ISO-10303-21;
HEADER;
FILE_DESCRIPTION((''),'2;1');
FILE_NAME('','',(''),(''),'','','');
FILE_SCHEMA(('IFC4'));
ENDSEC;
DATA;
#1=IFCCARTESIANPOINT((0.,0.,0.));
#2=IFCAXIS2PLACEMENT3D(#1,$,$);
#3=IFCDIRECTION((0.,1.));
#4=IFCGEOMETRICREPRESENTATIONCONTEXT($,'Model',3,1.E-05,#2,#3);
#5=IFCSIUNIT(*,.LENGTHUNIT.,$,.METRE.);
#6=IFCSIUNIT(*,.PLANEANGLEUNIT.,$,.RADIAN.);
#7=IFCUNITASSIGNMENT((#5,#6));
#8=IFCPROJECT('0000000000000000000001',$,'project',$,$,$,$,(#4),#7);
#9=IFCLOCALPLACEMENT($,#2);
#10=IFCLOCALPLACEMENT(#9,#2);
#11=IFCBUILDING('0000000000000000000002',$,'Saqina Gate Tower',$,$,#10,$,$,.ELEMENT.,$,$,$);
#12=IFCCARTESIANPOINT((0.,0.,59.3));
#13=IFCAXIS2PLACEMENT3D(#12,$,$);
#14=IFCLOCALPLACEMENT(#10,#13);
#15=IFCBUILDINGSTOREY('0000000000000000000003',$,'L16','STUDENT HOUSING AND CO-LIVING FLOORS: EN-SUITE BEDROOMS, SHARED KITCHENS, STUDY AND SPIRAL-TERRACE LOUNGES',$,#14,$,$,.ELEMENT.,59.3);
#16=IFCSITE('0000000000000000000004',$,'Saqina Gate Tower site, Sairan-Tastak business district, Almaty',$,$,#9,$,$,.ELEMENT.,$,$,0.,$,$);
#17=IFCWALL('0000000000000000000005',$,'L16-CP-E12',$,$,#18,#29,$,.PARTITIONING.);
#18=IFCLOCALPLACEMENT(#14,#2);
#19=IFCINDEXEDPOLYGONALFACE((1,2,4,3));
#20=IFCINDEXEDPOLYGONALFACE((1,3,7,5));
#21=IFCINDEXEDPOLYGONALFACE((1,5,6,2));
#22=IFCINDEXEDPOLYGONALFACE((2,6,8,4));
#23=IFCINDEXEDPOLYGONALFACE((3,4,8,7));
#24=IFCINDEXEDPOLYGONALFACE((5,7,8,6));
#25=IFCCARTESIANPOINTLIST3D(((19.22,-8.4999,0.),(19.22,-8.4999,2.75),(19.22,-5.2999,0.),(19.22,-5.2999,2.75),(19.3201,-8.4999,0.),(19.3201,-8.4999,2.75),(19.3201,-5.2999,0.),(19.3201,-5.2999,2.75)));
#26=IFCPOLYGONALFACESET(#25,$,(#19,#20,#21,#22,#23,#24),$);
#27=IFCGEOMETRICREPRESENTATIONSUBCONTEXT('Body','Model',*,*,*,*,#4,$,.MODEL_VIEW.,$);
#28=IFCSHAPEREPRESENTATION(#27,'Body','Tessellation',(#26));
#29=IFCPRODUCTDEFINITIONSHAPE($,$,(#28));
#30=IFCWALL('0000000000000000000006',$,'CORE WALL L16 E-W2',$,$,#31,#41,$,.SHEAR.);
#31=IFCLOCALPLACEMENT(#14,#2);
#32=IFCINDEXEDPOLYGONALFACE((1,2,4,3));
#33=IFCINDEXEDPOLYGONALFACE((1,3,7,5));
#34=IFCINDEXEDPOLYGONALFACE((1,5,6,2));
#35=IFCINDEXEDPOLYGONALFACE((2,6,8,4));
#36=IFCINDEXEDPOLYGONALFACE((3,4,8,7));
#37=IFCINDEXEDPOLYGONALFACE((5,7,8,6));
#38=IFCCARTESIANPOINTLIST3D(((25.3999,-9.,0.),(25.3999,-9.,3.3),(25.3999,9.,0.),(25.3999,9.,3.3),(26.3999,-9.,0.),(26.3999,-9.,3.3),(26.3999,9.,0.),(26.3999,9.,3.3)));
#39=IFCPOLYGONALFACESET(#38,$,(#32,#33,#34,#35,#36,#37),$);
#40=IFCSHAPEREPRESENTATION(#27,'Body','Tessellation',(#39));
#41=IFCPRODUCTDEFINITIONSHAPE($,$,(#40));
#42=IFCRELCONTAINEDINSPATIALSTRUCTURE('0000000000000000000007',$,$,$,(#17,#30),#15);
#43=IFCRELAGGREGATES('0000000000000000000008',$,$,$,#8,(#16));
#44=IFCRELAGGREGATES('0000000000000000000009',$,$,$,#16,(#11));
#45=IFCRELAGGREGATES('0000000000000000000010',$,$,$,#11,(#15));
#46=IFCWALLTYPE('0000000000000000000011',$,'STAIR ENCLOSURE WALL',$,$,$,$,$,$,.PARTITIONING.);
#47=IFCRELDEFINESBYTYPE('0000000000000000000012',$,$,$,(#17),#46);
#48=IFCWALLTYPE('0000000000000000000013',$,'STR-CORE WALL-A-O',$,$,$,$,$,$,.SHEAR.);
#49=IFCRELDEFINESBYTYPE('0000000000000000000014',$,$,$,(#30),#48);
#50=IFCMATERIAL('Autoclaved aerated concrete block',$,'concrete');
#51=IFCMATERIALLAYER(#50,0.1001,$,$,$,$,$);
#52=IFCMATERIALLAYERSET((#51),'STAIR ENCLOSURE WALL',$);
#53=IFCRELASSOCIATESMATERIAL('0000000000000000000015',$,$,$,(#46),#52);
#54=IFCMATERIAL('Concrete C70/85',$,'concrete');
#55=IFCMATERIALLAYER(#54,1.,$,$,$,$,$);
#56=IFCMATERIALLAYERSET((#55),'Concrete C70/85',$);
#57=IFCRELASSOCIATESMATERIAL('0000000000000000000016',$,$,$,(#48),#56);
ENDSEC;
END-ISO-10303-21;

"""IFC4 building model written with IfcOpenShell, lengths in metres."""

from ifc_helpers import new_model, si_unit, direction, frame, frame_2d, origin, place, context, subcontext, project, spatial, rectangle, extrude, material, layer, layer_set, type_object, element, save


model = new_model("IFC4")

# Units and contexts
model_context = context("Model", 3, precision=1e-05, world=origin(), true_north=direction((0.0, 1.0)))
body_context = subcontext(model_context, "Body", "Model", "MODEL_VIEW")
ifc_project = project(units=[si_unit("LENGTHUNIT", "METRE"), si_unit("PLANEANGLEUNIT", "RADIAN")], contexts=[model_context])

# Site, building, storey
site_placement = place(None, origin())
site = spatial("IfcSite", under=ifc_project, at=site_placement, Name="Saqina Gate Tower site, Sairan-Tastak business district, Almaty", CompositionType="ELEMENT", RefElevation=0.0)
building_placement = place(site_placement, origin())
building = spatial("IfcBuilding", under=site, at=building_placement, Name="Saqina Gate Tower", CompositionType="ELEMENT")
storey_placement = place(building_placement, frame((0.0, 0.0, 59.3)))
storey = spatial("IfcBuildingStorey", under=building, at=storey_placement, Name="L16", Description="STUDENT HOUSING AND CO-LIVING FLOORS: EN-SUITE BEDROOMS, SHARED KITCHENS, STUDY AND SPIRAL-TERRACE LOUNGES", CompositionType="ELEMENT", Elevation=59.3)

# Walls
ifc_material_1 = material(Name="Autoclaved aerated concrete block", Category="concrete")
ifc_layer_1 = layer(ifc_material_1, 0.1001)
ifc_layer_set_1 = layer_set([ifc_layer_1], Name="STAIR ENCLOSURE WALL")
wall_type_1 = type_object("IfcWallType", Name="STAIR ENCLOSURE WALL", PredefinedType="PARTITIONING", material=ifc_layer_set_1)
wall_1_placement = place(storey_placement, frame((19.27, -8.5, 0.0), z_axis=(0.0, 0.0, 1.0), x_axis=(0.0, 1.0, 0.0)))
element("IfcWall", 1, at=wall_1_placement, inside=storey, type_object=wall_type_1, Name="L16-CP-E12", PredefinedType="PARTITIONING", context=body_context, shape_type="SweptSolid", body=[
    extrude(rectangle(XDim=3.2, YDim=0.1001, at=frame_2d((1.6001, 0.0))), origin(), (0.0, 0.0, 1.0), 2.75),
])
ifc_material_2 = material(Name="Concrete C70/85", Category="concrete")
ifc_layer_2 = layer(ifc_material_2, 1.0)
ifc_layer_set_2 = layer_set([ifc_layer_2], Name="Concrete C70/85")
wall_type_2 = type_object("IfcWallType", Name="STR-CORE WALL-A-O", PredefinedType="SHEAR", material=ifc_layer_set_2)
wall_2_placement = place(storey_placement, frame((25.8999, -9.0, 0.0), z_axis=(0.0, 0.0, 1.0), x_axis=(0.0, 1.0, 0.0)))
element("IfcWall", 2, at=wall_2_placement, inside=storey, type_object=wall_type_2, Name="CORE WALL L16 E-W2", PredefinedType="SHEAR", context=body_context, shape_type="SweptSolid", body=[
    extrude(rectangle(XDim=18.0, YDim=1.0, at=frame_2d((9.0, 0.0))), origin(), (0.0, 0.0, 1.0), 3.3),
])

save(model, "model.ifc")
